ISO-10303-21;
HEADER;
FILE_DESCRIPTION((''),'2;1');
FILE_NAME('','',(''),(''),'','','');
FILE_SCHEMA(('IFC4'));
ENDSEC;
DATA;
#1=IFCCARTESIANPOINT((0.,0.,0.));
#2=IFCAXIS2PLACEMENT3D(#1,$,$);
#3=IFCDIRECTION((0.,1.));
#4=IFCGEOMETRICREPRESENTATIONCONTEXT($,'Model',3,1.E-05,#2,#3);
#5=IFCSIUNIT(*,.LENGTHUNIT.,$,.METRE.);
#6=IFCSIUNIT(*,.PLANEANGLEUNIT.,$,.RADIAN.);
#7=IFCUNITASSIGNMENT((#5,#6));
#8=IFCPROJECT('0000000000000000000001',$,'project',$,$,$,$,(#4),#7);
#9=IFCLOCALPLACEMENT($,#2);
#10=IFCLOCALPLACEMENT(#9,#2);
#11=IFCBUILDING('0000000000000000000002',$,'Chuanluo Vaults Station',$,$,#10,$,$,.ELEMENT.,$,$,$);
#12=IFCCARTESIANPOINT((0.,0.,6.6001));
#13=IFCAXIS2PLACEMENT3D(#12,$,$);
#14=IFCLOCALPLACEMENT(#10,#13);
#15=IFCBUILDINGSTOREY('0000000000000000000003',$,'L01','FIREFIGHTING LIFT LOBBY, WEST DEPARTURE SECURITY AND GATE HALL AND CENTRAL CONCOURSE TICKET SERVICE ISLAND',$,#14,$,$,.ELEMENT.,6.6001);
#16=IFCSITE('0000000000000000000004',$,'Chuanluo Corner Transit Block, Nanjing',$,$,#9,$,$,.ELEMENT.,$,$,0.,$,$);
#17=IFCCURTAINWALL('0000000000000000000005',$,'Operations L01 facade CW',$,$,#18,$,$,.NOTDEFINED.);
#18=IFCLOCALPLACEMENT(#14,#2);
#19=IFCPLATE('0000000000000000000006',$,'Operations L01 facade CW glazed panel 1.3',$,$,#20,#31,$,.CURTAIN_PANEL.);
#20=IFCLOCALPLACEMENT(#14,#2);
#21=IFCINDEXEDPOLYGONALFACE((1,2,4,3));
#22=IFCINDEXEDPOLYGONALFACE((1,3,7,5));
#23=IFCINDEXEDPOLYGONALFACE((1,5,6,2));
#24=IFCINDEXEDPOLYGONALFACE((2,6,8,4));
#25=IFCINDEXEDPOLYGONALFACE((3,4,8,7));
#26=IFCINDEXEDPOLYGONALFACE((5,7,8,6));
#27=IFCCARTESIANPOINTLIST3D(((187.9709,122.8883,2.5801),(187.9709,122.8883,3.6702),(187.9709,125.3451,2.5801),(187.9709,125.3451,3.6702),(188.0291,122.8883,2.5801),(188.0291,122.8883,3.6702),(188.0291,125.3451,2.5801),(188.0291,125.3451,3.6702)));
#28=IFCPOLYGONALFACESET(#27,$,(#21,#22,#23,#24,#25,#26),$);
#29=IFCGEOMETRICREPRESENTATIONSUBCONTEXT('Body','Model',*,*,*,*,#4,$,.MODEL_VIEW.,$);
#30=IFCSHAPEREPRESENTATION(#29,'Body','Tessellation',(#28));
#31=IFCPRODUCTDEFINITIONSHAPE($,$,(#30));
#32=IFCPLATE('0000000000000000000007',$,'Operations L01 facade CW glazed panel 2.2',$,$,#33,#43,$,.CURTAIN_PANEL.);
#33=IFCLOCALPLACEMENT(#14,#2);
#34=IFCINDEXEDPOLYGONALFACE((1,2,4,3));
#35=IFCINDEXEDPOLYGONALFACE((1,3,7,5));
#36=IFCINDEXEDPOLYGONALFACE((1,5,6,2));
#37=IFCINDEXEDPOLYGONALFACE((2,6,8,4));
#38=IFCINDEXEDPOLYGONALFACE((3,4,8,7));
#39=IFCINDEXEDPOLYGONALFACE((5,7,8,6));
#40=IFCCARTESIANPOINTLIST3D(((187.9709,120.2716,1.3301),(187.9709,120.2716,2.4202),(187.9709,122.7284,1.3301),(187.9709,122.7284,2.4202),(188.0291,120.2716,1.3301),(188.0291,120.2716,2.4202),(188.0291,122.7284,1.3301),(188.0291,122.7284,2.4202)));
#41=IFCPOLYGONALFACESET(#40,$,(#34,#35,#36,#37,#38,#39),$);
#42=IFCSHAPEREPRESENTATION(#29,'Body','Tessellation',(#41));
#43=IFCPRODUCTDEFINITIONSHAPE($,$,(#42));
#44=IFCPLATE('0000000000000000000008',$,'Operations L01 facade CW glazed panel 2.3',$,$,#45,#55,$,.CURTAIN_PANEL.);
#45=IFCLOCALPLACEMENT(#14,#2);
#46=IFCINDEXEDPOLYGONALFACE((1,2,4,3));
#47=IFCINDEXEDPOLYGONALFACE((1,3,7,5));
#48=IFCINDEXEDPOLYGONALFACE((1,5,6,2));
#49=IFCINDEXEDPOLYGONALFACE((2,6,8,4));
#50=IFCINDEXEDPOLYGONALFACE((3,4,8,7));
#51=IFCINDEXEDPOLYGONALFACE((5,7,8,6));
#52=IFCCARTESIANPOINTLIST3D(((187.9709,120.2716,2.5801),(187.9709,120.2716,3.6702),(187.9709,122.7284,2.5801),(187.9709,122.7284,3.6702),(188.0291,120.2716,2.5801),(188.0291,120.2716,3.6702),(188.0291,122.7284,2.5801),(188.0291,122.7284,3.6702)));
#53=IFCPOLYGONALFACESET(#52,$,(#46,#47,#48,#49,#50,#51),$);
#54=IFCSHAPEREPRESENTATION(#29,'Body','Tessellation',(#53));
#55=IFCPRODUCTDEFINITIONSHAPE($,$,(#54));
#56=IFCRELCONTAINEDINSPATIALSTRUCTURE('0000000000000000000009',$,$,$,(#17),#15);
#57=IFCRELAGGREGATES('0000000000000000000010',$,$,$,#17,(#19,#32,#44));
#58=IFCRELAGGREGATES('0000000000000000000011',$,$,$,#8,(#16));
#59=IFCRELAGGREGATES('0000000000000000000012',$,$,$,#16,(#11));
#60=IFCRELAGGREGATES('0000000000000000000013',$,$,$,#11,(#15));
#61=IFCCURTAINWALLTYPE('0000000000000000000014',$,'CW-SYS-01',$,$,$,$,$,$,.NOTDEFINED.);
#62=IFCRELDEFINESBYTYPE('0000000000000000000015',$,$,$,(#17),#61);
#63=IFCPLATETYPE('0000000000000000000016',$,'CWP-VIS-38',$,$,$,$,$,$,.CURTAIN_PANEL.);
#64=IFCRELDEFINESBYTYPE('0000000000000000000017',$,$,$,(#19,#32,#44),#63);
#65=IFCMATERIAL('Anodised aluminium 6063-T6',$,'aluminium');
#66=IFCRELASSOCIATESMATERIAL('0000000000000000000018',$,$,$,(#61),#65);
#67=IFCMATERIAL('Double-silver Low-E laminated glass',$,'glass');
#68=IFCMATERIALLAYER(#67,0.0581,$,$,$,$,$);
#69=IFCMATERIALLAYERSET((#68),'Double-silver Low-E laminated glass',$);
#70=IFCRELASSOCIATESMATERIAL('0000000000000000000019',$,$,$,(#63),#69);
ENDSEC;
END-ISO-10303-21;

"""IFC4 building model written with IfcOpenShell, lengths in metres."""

from ifc_helpers import new_model, si_unit, direction, frame, origin, origin_2d, place, context, subcontext, project, spatial, rectangle, extrude, material, layer, layer_set, type_object, element, aggregate, save


model = new_model("IFC4")

# Units and contexts
model_context = context("Model", 3, precision=1e-05, world=origin(), true_north=direction((0.0, 1.0)))
body_context = subcontext(model_context, "Body", "Model", "MODEL_VIEW")
ifc_project = project(units=[si_unit("LENGTHUNIT", "METRE"), si_unit("PLANEANGLEUNIT", "RADIAN")], contexts=[model_context])

# Site, building, storey
site_placement = place(None, origin())
site = spatial("IfcSite", under=ifc_project, at=site_placement, Name="Chuanluo Corner Transit Block, Nanjing", CompositionType="ELEMENT", RefElevation=0.0)
building_placement = place(site_placement, origin())
building = spatial("IfcBuilding", under=site, at=building_placement, Name="Chuanluo Vaults Station", CompositionType="ELEMENT")
storey_placement = place(building_placement, frame((0.0, 0.0, 6.6001)))
storey = spatial("IfcBuildingStorey", under=building, at=storey_placement, Name="L01", Description="FIREFIGHTING LIFT LOBBY, WEST DEPARTURE SECURITY AND GATE HALL AND CENTRAL CONCOURSE TICKET SERVICE ISLAND", CompositionType="ELEMENT", Elevation=6.6001)

# Curtain wall
ifc_material_1 = material(Name="Anodised aluminium 6063-T6", Category="aluminium")
curtain_wall_type_1 = type_object("IfcCurtainWallType", Name="CW-SYS-01", PredefinedType="NOTDEFINED", material=ifc_material_1)
curtain_wall_1_placement = place(storey_placement, origin())
curtain_wall_1 = element("IfcCurtainWall", 1, at=curtain_wall_1_placement, inside=storey, type_object=curtain_wall_type_1, Name="Operations L01 facade CW", PredefinedType="NOTDEFINED")

# Plates
ifc_material_2 = material(Name="Double-silver Low-E laminated glass", Category="glass")
ifc_layer_1 = layer(ifc_material_2, 0.0581)
ifc_layer_set_1 = layer_set([ifc_layer_1], Name="Double-silver Low-E laminated glass")
plate_type_1 = type_object("IfcPlateType", Name="CWP-VIS-38", PredefinedType="CURTAIN_PANEL", material=ifc_layer_set_1)
plate_1_placement = place(storey_placement, frame((188.0, 124.1167, 2.5801), z_axis=(0.0, 0.0, 1.0), x_axis=(0.0, -1.0, 0.0)))
plate_1 = element("IfcPlate", 2, at=plate_1_placement, type_object=plate_type_1, Name="Operations L01 facade CW glazed panel 1.3", PredefinedType="CURTAIN_PANEL", context=body_context, shape_type="SweptSolid", body=[
    extrude(rectangle(XDim=2.4568, YDim=0.0581, at=origin_2d()), origin(), (0.0, 0.0, 1.0), 1.0901),
])
plate_2_placement = place(storey_placement, frame((188.0, 121.5, 1.3301), z_axis=(0.0, 0.0, 1.0), x_axis=(0.0, -1.0, 0.0)))
plate_2 = element("IfcPlate", 3, at=plate_2_placement, type_object=plate_type_1, Name="Operations L01 facade CW glazed panel 2.2", PredefinedType="CURTAIN_PANEL", context=body_context, shape_type="SweptSolid", body=[
    extrude(rectangle(XDim=2.4568, YDim=0.0581, at=origin_2d()), origin(), (0.0, 0.0, 1.0), 1.0901),
])
plate_3_placement = place(storey_placement, frame((188.0, 121.5, 2.5801), z_axis=(0.0, 0.0, 1.0), x_axis=(0.0, -1.0, 0.0)))
plate_3 = element("IfcPlate", 4, at=plate_3_placement, type_object=plate_type_1, Name="Operations L01 facade CW glazed panel 2.3", PredefinedType="CURTAIN_PANEL", context=body_context, shape_type="SweptSolid", body=[
    extrude(rectangle(XDim=2.4568, YDim=0.0581, at=origin_2d()), origin(), (0.0, 0.0, 1.0), 1.0901),
])
aggregate(curtain_wall_1, [plate_1, plate_2, plate_3])

save(model, "model.ifc")
